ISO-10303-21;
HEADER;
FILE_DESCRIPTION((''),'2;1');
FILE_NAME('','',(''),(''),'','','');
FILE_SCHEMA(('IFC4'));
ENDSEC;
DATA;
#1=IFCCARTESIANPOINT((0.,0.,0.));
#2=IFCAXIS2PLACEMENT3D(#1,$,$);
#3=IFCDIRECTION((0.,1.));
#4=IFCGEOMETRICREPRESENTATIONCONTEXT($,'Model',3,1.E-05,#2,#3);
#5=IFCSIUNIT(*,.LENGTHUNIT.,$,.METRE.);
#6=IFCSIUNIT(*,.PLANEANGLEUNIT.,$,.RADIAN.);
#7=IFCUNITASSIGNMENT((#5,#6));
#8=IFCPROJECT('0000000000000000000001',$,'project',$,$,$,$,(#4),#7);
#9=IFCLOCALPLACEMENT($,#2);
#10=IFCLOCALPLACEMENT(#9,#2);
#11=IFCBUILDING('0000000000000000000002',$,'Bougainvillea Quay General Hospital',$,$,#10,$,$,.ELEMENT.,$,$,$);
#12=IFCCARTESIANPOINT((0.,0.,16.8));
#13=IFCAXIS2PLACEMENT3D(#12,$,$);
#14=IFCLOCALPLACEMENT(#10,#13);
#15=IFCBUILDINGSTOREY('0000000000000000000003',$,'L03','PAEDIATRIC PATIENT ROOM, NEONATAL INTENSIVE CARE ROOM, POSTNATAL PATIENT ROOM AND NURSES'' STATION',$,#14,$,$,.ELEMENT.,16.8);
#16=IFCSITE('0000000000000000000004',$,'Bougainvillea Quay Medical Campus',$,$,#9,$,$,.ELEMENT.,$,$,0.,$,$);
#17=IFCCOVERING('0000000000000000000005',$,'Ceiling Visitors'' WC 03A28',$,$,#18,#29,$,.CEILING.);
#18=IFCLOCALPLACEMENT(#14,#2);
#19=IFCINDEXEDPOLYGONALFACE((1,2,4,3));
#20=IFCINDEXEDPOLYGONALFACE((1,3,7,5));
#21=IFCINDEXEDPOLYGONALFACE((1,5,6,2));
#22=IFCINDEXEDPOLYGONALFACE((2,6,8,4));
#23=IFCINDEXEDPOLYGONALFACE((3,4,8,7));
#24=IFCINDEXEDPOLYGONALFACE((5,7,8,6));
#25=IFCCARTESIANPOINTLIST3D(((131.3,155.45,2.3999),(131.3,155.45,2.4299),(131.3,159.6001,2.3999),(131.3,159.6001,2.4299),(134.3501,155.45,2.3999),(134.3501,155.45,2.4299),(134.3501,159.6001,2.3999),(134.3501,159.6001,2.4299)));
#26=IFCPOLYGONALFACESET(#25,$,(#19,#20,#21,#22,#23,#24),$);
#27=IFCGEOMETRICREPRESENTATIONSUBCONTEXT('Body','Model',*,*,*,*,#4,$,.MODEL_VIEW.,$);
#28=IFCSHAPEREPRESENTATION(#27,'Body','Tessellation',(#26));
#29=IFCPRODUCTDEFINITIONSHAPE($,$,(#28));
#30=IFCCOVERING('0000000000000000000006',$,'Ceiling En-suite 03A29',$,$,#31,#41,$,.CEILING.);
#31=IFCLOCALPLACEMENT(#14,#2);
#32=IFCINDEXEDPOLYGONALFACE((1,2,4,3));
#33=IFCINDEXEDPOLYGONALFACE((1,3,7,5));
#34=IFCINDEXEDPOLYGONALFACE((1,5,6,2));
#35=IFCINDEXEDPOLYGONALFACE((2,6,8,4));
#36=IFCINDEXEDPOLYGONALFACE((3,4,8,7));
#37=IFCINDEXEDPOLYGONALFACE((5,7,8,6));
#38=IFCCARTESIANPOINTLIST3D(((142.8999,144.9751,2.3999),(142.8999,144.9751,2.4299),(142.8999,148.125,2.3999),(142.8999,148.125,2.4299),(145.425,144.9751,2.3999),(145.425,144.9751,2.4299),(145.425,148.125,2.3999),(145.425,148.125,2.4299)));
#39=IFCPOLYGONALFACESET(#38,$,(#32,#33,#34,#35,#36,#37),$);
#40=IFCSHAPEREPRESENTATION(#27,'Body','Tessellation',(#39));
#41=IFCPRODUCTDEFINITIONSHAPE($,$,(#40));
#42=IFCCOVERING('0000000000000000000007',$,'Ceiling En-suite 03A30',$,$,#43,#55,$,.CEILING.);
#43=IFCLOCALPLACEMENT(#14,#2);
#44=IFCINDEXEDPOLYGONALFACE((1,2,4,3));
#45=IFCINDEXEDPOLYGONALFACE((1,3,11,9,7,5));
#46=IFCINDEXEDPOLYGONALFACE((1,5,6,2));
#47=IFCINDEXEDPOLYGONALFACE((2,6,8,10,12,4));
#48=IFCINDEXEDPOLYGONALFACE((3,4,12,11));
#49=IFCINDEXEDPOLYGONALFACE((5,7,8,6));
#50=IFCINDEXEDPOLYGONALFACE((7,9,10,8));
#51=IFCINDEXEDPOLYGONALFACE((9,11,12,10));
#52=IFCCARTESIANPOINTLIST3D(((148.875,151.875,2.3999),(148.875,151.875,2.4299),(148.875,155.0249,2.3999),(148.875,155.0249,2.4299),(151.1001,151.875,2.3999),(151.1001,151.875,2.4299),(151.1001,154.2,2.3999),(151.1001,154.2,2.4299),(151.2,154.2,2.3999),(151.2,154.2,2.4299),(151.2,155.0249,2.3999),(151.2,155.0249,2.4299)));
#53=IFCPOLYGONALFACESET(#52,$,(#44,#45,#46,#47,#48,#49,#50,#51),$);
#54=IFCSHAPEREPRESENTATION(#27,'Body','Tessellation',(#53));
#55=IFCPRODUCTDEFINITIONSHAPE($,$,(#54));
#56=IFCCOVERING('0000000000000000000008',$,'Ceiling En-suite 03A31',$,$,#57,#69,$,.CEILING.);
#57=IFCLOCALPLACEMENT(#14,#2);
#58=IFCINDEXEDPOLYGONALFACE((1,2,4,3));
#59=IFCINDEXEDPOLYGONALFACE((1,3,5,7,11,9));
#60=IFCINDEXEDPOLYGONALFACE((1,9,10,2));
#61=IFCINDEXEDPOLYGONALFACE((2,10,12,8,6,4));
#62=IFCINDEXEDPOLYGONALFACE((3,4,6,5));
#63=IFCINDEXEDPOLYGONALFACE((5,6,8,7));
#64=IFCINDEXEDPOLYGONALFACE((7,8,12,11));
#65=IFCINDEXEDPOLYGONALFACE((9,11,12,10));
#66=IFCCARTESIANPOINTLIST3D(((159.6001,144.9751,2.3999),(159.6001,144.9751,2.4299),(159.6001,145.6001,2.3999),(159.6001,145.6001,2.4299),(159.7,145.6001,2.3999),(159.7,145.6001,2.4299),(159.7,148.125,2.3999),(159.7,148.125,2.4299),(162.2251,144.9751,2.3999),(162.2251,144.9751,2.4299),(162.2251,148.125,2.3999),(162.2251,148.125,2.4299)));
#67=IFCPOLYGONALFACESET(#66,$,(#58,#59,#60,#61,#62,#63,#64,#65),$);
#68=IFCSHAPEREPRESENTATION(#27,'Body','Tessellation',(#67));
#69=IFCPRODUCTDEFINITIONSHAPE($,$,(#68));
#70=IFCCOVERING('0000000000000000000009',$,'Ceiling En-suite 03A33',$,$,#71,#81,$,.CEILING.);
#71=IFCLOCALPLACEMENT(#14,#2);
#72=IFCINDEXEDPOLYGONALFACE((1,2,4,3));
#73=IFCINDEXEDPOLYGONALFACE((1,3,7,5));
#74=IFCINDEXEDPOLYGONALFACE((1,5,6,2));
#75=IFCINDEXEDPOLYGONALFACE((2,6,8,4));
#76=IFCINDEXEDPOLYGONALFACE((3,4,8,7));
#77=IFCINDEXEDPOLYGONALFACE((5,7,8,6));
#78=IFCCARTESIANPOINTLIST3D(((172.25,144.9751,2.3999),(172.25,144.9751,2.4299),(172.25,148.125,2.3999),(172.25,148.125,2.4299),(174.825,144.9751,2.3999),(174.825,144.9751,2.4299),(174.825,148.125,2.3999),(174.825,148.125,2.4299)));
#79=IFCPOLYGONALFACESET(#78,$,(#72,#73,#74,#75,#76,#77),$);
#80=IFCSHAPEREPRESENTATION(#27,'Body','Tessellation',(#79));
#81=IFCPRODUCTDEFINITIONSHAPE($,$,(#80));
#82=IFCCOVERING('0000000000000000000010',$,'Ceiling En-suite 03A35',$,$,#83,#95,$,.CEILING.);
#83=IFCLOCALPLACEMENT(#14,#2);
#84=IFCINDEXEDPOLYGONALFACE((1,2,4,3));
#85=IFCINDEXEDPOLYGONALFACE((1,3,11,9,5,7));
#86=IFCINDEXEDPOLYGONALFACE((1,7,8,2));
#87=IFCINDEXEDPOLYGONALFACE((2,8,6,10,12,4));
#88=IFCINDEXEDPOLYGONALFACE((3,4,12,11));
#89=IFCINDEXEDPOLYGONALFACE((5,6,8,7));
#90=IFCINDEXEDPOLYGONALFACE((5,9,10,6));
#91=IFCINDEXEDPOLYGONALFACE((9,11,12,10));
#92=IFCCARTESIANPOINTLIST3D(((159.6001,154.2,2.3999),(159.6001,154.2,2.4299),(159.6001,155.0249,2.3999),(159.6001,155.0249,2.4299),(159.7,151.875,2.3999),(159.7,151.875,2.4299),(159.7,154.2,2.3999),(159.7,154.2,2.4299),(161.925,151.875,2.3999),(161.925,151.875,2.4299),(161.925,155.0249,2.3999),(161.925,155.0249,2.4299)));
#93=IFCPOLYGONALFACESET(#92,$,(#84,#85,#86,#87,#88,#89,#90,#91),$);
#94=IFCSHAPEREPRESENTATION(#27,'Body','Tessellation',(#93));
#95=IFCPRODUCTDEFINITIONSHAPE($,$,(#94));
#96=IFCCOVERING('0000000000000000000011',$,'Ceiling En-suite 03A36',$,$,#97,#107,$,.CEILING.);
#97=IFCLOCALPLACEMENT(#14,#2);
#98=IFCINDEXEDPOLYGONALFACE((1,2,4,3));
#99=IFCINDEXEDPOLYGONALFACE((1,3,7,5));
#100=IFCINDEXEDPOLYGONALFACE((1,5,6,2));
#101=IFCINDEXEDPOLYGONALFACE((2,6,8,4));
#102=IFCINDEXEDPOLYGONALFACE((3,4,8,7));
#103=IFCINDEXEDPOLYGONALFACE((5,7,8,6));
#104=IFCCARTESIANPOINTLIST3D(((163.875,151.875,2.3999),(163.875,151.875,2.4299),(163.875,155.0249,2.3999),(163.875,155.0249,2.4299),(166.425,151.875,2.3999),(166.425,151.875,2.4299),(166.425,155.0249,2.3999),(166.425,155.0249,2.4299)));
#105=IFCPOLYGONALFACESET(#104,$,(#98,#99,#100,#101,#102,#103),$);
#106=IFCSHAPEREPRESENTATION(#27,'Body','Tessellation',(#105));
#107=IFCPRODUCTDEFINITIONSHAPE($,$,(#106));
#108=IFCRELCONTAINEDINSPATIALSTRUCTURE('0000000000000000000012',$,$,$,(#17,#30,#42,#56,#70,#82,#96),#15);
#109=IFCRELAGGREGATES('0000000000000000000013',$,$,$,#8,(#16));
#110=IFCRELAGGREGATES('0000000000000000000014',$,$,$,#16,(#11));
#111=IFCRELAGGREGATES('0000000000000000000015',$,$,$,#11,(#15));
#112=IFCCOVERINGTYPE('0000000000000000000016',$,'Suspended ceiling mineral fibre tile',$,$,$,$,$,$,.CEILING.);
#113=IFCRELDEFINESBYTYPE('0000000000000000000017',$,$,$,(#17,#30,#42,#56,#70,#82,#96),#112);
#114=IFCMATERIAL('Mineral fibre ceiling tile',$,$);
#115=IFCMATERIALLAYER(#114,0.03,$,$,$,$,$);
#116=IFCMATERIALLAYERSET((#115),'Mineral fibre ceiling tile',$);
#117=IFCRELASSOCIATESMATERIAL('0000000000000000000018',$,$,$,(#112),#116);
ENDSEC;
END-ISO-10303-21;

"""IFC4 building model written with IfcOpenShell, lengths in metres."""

from ifc_helpers import new_model, si_unit, direction, frame, origin, place, context, subcontext, project, spatial, polyline, outline, extrude, material, layer, layer_set, type_object, element, save


model = new_model("IFC4")

# Units and contexts
model_context = context("Model", 3, precision=1e-05, world=origin(), true_north=direction((0.0, 1.0)))
body_context = subcontext(model_context, "Body", "Model", "MODEL_VIEW")
ifc_project = project(units=[si_unit("LENGTHUNIT", "METRE"), si_unit("PLANEANGLEUNIT", "RADIAN")], contexts=[model_context])

# Site, building, storey
site_placement = place(None, origin())
site = spatial("IfcSite", under=ifc_project, at=site_placement, Name="Bougainvillea Quay Medical Campus", CompositionType="ELEMENT", RefElevation=0.0)
building_placement = place(site_placement, origin())
building = spatial("IfcBuilding", under=site, at=building_placement, Name="Bougainvillea Quay General Hospital", CompositionType="ELEMENT")
storey_placement = place(building_placement, frame((0.0, 0.0, 16.8)))
storey = spatial("IfcBuildingStorey", under=building, at=storey_placement, Name="L03", Description="PAEDIATRIC PATIENT ROOM, NEONATAL INTENSIVE CARE ROOM, POSTNATAL PATIENT ROOM AND NURSES' STATION", CompositionType="ELEMENT", Elevation=16.8)

# Coverings
ifc_material = material(Name="Mineral fibre ceiling tile")
ifc_layer = layer(ifc_material, 0.03)
ifc_layer_set = layer_set([ifc_layer], Name="Mineral fibre ceiling tile")
covering_type = type_object("IfcCoveringType", Name="Suspended ceiling mineral fibre tile", PredefinedType="CEILING", material=ifc_layer_set)
covering_1_placement = place(storey_placement, frame((0.0, 0.0, 2.3999)))
element("IfcCovering", 1, at=covering_1_placement, inside=storey, type_object=covering_type, Name="Ceiling Visitors' WC 03A28", PredefinedType="CEILING", context=body_context, shape_type="SweptSolid", body=[
    extrude(outline(polyline([(131.3, 159.6001), (131.3, 155.45), (134.3501, 155.45), (134.3501, 159.6001), (131.3, 159.6001)])), origin(), (0.0, 0.0, 1.0), 0.03),
])
covering_2_placement = place(storey_placement, frame((0.0, 0.0, 2.3999)))
element("IfcCovering", 2, at=covering_2_placement, inside=storey, type_object=covering_type, Name="Ceiling En-suite 03A29", PredefinedType="CEILING", context=body_context, shape_type="SweptSolid", body=[
    extrude(outline(polyline([(145.425, 144.9751), (145.425, 148.125), (142.8999, 148.125), (142.8999, 144.9751), (145.425, 144.9751)])), origin(), (0.0, 0.0, 1.0), 0.03),
])
covering_3_placement = place(storey_placement, frame((0.0, 0.0, 2.3999)))
element("IfcCovering", 3, at=covering_3_placement, inside=storey, type_object=covering_type, Name="Ceiling En-suite 03A30", PredefinedType="CEILING", context=body_context, shape_type="SweptSolid", body=[
    extrude(outline(polyline([(151.2, 155.0249), (148.875, 155.0249), (148.875, 151.875), (151.1001, 151.875), (151.1001, 154.2), (151.2, 154.2), (151.2, 155.0249)])), origin(), (0.0, 0.0, 1.0), 0.03),
])
covering_4_placement = place(storey_placement, frame((0.0, 0.0, 2.3999)))
element("IfcCovering", 4, at=covering_4_placement, inside=storey, type_object=covering_type, Name="Ceiling En-suite 03A31", PredefinedType="CEILING", context=body_context, shape_type="SweptSolid", body=[
    extrude(outline(polyline([(159.6001, 144.9751), (162.2251, 144.9751), (162.2251, 148.125), (159.7, 148.125), (159.7, 145.6001), (159.6001, 145.6001), (159.6001, 144.9751)])), origin(), (0.0, 0.0, 1.0), 0.03),
])
covering_5_placement = place(storey_placement, frame((0.0, 0.0, 2.3999)))
element("IfcCovering", 5, at=covering_5_placement, inside=storey, type_object=covering_type, Name="Ceiling En-suite 03A33", PredefinedType="CEILING", context=body_context, shape_type="SweptSolid", body=[
    extrude(outline(polyline([(172.25, 144.9751), (174.825, 144.9751), (174.825, 148.125), (172.25, 148.125), (172.25, 144.9751)])), origin(), (0.0, 0.0, 1.0), 0.03),
])
covering_6_placement = place(storey_placement, frame((0.0, 0.0, 2.3999)))
element("IfcCovering", 6, at=covering_6_placement, inside=storey, type_object=covering_type, Name="Ceiling En-suite 03A35", PredefinedType="CEILING", context=body_context, shape_type="SweptSolid", body=[
    extrude(outline(polyline([(159.6001, 154.2), (159.7, 154.2), (159.7, 151.875), (161.925, 151.875), (161.925, 155.0249), (159.6001, 155.0249), (159.6001, 154.2)])), origin(), (0.0, 0.0, 1.0), 0.03),
])
covering_7_placement = place(storey_placement, frame((0.0, 0.0, 2.3999)))
element("IfcCovering", 7, at=covering_7_placement, inside=storey, type_object=covering_type, Name="Ceiling En-suite 03A36", PredefinedType="CEILING", context=body_context, shape_type="SweptSolid", body=[
    extrude(outline(polyline([(163.875, 155.0249), (163.875, 151.875), (166.425, 151.875), (166.425, 155.0249), (163.875, 155.0249)])), origin(), (0.0, 0.0, 1.0), 0.03),
])

save(model, "model.ifc")
